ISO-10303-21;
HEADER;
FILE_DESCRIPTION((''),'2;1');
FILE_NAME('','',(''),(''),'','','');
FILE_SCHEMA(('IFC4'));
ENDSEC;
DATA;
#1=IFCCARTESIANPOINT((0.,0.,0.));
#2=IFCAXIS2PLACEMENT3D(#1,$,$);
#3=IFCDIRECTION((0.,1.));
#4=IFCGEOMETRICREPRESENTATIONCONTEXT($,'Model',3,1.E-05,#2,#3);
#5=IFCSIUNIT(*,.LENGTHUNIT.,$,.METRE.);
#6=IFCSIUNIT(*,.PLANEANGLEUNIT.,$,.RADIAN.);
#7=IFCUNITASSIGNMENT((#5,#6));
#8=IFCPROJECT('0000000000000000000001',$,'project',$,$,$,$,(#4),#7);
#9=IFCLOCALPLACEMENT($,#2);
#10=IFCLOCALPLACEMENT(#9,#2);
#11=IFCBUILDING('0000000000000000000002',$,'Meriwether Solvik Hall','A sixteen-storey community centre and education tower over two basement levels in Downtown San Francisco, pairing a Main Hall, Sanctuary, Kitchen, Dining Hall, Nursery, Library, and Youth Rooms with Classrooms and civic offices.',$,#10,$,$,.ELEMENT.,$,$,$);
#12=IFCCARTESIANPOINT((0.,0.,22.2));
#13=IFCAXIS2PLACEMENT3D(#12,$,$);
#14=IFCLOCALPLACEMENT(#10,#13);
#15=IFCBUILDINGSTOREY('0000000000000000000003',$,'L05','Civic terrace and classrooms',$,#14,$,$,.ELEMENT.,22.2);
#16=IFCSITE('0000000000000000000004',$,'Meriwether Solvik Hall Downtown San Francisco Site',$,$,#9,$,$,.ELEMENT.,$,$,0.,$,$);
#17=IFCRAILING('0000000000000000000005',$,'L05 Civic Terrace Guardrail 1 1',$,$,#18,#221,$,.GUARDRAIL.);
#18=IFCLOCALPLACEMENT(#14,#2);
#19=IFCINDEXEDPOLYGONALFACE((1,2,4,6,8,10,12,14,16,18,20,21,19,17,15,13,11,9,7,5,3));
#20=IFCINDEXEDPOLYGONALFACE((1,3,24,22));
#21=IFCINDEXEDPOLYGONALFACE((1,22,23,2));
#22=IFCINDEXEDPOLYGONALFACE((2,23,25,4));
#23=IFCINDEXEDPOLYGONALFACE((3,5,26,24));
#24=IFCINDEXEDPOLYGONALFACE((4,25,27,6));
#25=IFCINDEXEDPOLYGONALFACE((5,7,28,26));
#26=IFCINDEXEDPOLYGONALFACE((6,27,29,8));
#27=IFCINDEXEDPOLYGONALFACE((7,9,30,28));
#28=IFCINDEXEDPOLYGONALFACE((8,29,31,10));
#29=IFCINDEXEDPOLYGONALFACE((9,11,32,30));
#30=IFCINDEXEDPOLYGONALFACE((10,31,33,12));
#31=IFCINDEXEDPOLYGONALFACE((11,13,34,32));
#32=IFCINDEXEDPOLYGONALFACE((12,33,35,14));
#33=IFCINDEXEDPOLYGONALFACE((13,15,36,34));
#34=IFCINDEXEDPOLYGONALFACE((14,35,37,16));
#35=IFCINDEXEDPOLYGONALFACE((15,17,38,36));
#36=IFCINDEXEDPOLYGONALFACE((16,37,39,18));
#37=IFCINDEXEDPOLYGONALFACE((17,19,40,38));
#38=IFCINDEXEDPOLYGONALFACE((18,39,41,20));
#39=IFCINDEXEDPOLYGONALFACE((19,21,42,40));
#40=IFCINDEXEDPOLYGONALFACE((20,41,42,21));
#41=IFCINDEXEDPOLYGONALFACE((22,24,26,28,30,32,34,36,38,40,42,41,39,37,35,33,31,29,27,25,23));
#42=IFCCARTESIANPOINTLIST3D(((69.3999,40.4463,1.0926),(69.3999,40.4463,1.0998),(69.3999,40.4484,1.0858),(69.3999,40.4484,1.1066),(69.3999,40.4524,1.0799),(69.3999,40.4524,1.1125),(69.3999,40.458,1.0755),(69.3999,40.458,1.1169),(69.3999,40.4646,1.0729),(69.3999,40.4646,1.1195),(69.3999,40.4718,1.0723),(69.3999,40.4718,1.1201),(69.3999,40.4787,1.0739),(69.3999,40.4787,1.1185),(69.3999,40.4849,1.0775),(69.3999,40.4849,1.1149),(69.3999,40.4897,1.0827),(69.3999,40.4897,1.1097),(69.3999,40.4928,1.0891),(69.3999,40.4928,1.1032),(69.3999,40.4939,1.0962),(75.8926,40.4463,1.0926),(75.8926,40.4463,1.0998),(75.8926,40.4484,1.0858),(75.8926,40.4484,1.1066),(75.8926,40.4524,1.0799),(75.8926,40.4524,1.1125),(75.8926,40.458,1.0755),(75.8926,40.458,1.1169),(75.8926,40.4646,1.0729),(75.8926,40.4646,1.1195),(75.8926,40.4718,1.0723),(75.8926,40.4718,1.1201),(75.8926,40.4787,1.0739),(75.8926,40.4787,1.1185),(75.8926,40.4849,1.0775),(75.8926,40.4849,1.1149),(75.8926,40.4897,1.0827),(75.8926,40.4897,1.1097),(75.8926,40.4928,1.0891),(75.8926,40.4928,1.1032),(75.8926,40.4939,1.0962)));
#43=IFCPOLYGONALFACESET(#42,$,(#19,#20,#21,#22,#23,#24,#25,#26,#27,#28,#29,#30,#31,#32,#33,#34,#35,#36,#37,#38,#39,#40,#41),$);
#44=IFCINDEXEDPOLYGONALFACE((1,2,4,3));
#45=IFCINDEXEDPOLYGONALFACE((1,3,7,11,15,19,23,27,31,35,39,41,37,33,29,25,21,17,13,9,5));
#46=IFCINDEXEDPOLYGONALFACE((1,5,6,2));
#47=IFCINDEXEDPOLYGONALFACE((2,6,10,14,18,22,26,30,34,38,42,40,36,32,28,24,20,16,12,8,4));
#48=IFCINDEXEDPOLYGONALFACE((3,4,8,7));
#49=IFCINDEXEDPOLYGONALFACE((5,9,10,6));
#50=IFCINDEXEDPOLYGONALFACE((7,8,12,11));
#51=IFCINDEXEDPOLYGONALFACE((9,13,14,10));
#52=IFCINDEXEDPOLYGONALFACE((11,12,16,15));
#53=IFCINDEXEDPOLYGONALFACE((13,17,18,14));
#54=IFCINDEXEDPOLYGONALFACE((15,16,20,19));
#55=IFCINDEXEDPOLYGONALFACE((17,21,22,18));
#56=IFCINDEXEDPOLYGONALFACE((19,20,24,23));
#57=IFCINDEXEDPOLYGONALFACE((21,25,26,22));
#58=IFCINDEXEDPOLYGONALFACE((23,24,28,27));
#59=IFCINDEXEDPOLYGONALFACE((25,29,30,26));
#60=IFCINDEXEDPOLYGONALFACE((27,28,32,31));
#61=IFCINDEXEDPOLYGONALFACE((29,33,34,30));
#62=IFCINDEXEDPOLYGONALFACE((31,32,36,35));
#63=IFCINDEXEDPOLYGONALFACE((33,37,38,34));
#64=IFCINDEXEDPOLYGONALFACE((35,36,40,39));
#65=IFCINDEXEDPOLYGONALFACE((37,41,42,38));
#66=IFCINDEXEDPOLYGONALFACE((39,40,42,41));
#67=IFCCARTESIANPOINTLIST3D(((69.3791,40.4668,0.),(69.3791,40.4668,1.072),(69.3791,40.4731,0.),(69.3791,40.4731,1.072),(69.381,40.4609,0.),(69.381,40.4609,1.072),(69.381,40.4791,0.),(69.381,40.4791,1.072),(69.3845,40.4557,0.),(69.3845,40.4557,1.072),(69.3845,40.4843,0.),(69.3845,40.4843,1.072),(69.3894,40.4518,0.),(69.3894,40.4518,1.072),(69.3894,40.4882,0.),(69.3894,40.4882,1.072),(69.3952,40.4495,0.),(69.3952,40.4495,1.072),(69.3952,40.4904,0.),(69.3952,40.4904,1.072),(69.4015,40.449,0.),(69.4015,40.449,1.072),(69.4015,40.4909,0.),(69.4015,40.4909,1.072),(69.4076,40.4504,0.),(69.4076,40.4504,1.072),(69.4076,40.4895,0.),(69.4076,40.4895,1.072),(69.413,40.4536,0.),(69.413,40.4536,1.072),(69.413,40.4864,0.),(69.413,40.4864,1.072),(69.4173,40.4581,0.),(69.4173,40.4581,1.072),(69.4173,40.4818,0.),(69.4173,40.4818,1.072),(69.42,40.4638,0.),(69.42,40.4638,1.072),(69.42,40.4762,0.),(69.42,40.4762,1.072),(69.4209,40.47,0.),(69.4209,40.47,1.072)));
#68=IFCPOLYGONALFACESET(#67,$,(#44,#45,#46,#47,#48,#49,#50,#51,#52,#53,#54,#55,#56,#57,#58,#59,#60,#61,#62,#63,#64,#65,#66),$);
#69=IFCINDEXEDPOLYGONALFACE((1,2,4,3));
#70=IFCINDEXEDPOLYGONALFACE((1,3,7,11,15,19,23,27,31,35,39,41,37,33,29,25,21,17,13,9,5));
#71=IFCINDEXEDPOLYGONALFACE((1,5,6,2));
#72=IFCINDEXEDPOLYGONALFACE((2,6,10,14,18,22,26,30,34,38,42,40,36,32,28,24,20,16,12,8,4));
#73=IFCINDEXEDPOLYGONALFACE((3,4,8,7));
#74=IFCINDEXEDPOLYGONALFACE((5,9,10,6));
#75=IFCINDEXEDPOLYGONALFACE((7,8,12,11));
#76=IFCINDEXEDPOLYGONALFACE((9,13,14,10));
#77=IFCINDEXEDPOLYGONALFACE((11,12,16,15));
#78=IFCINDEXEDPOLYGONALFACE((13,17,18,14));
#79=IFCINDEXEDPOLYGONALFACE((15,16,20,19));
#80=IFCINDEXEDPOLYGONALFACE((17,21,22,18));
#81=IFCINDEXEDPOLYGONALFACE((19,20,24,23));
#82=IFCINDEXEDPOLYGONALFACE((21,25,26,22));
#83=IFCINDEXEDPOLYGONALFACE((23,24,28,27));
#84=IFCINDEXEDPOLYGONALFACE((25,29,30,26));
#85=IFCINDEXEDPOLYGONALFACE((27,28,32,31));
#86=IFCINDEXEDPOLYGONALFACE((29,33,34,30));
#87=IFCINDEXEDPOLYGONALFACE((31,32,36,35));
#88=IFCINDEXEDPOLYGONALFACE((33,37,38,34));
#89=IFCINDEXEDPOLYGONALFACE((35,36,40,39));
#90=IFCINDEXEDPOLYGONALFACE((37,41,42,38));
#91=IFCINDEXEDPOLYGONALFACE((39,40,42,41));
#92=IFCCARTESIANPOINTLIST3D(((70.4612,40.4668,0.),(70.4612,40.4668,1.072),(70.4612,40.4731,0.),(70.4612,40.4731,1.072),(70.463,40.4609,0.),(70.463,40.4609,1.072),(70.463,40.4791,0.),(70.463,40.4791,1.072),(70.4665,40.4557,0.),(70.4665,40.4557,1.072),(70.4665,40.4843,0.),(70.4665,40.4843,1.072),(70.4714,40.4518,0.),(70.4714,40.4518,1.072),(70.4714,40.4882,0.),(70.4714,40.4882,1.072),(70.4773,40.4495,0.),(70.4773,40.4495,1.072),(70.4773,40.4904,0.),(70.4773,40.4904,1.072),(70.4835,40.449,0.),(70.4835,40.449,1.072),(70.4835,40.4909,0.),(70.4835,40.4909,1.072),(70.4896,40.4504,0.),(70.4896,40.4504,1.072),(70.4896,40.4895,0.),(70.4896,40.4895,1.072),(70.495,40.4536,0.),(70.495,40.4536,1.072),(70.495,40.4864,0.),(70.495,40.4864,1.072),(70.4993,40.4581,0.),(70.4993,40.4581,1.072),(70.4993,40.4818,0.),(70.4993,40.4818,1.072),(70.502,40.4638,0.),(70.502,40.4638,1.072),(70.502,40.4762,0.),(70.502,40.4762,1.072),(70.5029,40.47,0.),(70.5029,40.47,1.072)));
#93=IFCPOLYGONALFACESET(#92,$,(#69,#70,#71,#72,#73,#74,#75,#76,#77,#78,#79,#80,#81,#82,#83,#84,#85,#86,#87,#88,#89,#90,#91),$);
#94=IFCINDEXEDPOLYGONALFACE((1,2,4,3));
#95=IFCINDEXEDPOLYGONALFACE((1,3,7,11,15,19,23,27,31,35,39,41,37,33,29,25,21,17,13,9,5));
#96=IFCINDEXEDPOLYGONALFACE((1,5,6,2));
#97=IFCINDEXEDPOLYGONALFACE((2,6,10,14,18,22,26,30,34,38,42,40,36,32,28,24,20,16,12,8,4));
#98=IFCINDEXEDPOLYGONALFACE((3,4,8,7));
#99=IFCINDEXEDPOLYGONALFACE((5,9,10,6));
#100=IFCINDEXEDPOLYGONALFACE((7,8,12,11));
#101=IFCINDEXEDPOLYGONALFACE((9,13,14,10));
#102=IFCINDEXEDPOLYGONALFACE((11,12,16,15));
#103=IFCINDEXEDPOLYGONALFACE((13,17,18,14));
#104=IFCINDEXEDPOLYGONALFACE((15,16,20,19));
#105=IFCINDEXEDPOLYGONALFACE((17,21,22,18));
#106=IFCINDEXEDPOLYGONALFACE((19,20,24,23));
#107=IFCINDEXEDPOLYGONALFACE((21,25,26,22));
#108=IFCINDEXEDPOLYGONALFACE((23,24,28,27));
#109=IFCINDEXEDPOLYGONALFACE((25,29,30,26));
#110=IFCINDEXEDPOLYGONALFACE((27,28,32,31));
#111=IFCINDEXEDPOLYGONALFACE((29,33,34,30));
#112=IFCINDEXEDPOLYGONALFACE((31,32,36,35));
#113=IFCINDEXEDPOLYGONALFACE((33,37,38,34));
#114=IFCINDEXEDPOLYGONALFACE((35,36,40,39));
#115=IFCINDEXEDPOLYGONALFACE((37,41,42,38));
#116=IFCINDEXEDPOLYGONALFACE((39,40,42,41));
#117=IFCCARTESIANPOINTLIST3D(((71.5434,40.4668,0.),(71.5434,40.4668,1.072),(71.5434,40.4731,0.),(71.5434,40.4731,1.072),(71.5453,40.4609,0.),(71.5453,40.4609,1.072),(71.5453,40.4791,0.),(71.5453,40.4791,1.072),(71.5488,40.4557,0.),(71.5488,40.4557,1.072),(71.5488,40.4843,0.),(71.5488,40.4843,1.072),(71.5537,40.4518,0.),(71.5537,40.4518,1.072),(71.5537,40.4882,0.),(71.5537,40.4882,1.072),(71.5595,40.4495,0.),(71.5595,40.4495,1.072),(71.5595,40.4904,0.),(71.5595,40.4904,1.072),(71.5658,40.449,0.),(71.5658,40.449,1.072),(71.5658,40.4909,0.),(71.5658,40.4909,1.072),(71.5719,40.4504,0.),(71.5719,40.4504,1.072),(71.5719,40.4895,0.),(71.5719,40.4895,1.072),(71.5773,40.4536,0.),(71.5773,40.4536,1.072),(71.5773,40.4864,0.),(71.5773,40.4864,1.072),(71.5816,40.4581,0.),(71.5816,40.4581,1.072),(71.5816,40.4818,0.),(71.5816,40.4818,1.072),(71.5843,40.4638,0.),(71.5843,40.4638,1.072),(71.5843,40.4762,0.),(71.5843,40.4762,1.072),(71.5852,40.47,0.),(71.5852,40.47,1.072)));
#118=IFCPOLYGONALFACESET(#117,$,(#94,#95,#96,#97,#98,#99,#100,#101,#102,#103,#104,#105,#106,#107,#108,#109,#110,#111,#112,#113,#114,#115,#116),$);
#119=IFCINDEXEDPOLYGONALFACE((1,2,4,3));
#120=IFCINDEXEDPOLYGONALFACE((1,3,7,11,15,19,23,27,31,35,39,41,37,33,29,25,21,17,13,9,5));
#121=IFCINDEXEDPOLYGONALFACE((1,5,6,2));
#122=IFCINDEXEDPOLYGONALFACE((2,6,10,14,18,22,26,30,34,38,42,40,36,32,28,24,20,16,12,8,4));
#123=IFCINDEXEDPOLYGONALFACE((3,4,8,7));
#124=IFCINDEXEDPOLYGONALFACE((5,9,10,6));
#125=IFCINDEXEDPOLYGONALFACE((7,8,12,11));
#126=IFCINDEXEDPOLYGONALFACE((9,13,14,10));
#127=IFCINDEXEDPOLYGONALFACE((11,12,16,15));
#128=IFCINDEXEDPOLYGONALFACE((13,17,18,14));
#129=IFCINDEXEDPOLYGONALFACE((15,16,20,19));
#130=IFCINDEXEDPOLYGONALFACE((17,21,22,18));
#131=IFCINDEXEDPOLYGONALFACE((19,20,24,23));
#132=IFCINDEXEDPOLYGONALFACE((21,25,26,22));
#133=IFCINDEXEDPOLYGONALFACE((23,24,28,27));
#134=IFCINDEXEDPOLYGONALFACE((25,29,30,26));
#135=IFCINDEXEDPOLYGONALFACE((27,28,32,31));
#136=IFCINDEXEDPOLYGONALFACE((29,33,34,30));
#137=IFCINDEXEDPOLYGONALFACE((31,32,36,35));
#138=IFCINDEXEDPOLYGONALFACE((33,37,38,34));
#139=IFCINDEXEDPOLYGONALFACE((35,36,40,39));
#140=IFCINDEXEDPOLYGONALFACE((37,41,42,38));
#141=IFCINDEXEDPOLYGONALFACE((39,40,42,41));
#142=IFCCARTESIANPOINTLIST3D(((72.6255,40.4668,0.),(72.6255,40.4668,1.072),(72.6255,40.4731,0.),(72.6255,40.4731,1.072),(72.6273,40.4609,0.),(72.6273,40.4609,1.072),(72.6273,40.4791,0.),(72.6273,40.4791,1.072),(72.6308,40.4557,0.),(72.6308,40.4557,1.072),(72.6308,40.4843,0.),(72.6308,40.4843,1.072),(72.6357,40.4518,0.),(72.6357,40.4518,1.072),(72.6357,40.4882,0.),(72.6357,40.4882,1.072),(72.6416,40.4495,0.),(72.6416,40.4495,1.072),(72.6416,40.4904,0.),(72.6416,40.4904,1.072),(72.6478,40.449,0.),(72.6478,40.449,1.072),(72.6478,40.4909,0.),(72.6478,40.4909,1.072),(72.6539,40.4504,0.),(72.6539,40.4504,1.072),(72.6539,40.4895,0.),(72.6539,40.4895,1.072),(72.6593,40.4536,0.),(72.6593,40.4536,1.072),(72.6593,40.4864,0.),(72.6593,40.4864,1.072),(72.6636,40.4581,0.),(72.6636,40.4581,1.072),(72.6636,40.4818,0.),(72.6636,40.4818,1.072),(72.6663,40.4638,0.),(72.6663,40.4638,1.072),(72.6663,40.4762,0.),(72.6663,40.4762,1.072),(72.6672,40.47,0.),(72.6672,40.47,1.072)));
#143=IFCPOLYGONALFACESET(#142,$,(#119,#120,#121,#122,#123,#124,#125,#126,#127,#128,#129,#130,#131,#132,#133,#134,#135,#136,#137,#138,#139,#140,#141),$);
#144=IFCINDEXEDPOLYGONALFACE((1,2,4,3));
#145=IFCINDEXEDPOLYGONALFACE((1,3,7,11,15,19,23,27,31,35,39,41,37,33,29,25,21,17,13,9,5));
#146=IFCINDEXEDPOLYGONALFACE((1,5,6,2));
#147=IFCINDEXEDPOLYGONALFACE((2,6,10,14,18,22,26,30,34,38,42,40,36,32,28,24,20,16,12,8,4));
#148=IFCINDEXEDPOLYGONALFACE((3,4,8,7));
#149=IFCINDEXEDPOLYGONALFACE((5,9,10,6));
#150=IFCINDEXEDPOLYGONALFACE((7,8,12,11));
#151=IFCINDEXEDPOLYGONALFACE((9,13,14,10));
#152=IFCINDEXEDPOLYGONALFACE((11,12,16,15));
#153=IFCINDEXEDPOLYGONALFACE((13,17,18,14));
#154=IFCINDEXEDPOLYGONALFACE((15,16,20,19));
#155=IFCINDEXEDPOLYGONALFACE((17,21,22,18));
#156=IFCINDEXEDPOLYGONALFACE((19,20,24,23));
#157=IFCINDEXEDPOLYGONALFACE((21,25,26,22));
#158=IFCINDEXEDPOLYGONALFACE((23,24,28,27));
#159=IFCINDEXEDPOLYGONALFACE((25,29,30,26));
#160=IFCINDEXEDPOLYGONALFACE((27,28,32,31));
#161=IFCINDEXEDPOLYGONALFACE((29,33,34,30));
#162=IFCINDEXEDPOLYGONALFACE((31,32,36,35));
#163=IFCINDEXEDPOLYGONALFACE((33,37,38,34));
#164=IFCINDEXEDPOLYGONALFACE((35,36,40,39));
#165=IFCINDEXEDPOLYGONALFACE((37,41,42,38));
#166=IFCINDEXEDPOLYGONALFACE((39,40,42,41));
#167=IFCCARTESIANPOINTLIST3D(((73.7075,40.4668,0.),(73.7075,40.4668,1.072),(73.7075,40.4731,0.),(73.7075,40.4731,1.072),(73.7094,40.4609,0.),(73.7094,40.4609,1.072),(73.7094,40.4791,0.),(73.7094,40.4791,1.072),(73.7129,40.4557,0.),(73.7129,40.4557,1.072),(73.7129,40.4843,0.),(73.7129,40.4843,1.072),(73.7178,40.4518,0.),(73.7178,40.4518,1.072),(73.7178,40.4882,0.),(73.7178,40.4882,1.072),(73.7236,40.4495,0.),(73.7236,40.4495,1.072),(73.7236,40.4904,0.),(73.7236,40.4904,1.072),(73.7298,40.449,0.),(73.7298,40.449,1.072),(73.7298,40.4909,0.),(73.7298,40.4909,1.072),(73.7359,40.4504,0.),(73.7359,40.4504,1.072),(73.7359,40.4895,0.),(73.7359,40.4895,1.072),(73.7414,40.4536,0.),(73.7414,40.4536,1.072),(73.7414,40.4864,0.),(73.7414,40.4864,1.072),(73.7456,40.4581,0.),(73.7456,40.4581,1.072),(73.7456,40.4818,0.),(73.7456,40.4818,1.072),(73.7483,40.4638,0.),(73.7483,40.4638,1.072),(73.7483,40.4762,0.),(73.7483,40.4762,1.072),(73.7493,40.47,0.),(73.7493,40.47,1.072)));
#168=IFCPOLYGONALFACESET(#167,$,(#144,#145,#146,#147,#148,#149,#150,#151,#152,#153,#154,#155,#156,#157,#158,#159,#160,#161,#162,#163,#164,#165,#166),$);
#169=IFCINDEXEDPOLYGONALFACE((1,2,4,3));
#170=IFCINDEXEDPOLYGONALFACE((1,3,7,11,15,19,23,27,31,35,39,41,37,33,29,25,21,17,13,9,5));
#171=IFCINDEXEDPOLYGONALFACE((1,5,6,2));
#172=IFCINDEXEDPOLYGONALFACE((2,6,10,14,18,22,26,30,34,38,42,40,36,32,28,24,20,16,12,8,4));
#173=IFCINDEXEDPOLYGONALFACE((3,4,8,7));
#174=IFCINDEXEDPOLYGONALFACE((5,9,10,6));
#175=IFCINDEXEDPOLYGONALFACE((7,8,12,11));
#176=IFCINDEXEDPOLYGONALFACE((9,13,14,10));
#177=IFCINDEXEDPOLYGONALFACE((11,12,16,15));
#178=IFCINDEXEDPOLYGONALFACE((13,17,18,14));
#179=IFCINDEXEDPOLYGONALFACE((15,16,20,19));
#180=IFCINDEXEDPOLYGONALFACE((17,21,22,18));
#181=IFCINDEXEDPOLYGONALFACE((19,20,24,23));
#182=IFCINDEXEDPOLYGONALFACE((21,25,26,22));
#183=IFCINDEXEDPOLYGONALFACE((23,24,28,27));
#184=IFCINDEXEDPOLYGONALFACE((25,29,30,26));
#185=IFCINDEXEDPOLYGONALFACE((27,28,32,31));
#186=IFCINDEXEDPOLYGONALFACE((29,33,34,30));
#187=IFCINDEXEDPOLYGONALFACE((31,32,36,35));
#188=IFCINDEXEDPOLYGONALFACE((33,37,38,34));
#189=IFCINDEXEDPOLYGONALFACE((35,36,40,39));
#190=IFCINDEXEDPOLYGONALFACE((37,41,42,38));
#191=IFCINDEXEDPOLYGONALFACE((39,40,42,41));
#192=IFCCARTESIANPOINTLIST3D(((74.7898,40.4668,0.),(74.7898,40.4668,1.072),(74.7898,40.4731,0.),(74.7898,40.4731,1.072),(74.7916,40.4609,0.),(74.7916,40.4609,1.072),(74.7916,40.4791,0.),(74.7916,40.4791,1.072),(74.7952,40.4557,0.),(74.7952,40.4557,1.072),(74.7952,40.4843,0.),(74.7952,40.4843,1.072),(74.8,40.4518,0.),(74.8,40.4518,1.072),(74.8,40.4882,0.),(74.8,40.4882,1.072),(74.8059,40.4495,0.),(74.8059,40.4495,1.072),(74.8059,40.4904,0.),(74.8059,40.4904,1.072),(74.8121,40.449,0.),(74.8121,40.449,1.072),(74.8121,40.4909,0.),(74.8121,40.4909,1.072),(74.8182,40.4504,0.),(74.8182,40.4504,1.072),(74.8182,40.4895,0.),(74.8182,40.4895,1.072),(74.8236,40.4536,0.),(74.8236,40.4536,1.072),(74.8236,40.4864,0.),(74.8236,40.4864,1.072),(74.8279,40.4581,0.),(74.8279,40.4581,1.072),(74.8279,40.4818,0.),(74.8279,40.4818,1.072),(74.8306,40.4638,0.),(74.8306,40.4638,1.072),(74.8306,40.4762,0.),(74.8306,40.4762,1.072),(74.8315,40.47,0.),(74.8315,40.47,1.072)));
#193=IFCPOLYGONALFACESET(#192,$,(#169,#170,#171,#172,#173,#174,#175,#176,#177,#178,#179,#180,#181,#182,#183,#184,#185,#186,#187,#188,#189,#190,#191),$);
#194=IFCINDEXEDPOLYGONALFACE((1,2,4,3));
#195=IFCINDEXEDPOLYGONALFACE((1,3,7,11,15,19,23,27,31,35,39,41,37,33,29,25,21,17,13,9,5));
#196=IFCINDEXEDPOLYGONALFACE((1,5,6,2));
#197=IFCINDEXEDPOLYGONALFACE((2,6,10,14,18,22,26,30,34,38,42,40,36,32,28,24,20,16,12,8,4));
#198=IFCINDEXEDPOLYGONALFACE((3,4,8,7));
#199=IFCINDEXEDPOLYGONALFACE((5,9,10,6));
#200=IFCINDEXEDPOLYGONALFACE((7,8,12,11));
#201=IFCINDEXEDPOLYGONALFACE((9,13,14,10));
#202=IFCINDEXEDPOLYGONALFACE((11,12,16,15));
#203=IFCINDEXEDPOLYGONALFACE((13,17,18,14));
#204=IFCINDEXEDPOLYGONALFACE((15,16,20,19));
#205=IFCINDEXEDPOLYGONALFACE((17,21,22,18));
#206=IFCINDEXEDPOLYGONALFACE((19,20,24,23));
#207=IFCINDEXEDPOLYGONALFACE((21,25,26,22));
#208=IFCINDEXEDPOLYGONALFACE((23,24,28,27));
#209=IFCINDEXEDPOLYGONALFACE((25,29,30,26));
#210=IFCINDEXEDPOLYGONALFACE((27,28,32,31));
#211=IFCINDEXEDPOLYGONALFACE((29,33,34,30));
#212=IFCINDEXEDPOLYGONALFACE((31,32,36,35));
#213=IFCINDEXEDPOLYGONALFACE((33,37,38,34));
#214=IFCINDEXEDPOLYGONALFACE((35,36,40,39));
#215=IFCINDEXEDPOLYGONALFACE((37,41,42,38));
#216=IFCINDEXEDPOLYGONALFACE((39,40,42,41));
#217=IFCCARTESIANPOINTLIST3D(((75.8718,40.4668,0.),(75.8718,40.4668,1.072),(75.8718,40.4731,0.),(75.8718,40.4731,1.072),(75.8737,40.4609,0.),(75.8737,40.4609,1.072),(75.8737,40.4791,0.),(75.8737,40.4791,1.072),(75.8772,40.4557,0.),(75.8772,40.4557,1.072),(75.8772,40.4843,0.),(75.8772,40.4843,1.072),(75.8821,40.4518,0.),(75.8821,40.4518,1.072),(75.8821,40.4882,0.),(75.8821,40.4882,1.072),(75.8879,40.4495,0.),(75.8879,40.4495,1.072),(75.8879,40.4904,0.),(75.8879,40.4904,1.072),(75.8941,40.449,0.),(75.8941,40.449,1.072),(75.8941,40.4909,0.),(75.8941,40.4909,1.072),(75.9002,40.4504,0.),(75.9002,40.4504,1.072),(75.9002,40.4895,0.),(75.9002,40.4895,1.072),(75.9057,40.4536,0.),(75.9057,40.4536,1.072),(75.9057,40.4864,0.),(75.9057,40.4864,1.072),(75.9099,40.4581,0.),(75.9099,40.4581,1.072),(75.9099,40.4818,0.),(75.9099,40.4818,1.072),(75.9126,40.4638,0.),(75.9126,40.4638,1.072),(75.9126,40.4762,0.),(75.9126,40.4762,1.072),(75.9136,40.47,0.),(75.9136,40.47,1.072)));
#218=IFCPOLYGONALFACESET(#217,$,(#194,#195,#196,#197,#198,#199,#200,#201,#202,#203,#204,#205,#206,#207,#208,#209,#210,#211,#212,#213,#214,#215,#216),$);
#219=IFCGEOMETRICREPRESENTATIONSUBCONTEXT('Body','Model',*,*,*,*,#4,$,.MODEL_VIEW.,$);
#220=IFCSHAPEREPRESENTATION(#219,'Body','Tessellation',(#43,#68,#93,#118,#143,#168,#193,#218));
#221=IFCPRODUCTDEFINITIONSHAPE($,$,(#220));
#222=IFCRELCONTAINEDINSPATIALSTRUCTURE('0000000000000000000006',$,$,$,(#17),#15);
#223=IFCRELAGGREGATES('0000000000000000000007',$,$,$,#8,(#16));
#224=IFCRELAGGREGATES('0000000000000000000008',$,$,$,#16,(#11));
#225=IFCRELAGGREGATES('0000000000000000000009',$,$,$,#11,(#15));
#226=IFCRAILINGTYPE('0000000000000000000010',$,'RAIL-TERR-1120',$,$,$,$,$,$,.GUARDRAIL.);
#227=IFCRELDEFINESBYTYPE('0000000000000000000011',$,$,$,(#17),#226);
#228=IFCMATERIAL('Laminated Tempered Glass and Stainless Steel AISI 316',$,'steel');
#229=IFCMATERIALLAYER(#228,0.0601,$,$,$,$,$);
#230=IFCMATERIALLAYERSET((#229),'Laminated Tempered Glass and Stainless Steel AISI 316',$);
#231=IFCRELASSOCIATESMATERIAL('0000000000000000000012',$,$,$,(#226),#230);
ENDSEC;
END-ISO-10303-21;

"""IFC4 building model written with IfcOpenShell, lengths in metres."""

from ifc_helpers import new_model, si_unit, direction, frame, origin, origin_2d, place, context, subcontext, project, spatial, circle, extrude, material, layer, layer_set, type_object, element, save


model = new_model("IFC4")

# Units and contexts
model_context = context("Model", 3, precision=1e-05, world=origin(), true_north=direction((0.0, 1.0)))
body_context = subcontext(model_context, "Body", "Model", "MODEL_VIEW")
ifc_project = project(units=[si_unit("LENGTHUNIT", "METRE"), si_unit("PLANEANGLEUNIT", "RADIAN")], contexts=[model_context])

# Site, building, storey
site_placement = place(None, origin())
site = spatial("IfcSite", under=ifc_project, at=site_placement, Name="Meriwether Solvik Hall Downtown San Francisco Site", CompositionType="ELEMENT", RefElevation=0.0)
building_placement = place(site_placement, origin())
building = spatial("IfcBuilding", under=site, at=building_placement, Name="Meriwether Solvik Hall", Description="A sixteen-storey community centre and education tower over two basement levels in Downtown San Francisco, pairing a Main Hall, Sanctuary, Kitchen, Dining Hall, Nursery, Library, and Youth Rooms with Classrooms and civic offices.", CompositionType="ELEMENT")
storey_placement = place(building_placement, frame((0.0, 0.0, 22.2)))
storey = spatial("IfcBuildingStorey", under=building, at=storey_placement, Name="L05", Description="Civic terrace and classrooms", CompositionType="ELEMENT", Elevation=22.2)

# Railing
ifc_material_1 = material(Name="Laminated Tempered Glass and Stainless Steel AISI 316", Category="steel")
ifc_layer_1 = layer(ifc_material_1, 0.0601)
ifc_layer_set_1 = layer_set([ifc_layer_1], Name="Laminated Tempered Glass and Stainless Steel AISI 316")
railing_type = type_object("IfcRailingType", Name="RAIL-TERR-1120", PredefinedType="GUARDRAIL", material=ifc_layer_set_1)
railing_1_placement = place(storey_placement, frame((69.3999, 40.47, 0.0)))
element("IfcRailing", 1, at=railing_1_placement, inside=storey, type_object=railing_type, Name="L05 Civic Terrace Guardrail 1 1", PredefinedType="GUARDRAIL", context=body_context, shape_type="SweptSolid", body=[
    extrude(circle(Radius=0.0239, at=origin_2d()), frame((0.0, 0.0, 1.0962), z_axis=(1.0, 0.0, 0.0), x_axis=(0.0, 1.0, 0.0)), (0.0, 0.0, 1.0), 6.4927),
    extrude(circle(Radius=0.021, at=origin_2d()), origin(), (0.0, 0.0, 1.0), 1.072),
    extrude(circle(Radius=0.021, at=origin_2d()), frame((1.082, 0.0, 0.0)), (0.0, 0.0, 1.0), 1.072),
    extrude(circle(Radius=0.021, at=origin_2d()), frame((2.1643, 0.0, 0.0)), (0.0, 0.0, 1.0), 1.072),
    extrude(circle(Radius=0.021, at=origin_2d()), frame((3.2463, 0.0, 0.0)), (0.0, 0.0, 1.0), 1.072),
    extrude(circle(Radius=0.021, at=origin_2d()), frame((4.3284, 0.0, 0.0)), (0.0, 0.0, 1.0), 1.072),
    extrude(circle(Radius=0.021, at=origin_2d()), frame((5.4106, 0.0, 0.0)), (0.0, 0.0, 1.0), 1.072),
    extrude(circle(Radius=0.021, at=origin_2d()), frame((6.4927, 0.0, 0.0)), (0.0, 0.0, 1.0), 1.072),
])

save(model, "model.ifc")
